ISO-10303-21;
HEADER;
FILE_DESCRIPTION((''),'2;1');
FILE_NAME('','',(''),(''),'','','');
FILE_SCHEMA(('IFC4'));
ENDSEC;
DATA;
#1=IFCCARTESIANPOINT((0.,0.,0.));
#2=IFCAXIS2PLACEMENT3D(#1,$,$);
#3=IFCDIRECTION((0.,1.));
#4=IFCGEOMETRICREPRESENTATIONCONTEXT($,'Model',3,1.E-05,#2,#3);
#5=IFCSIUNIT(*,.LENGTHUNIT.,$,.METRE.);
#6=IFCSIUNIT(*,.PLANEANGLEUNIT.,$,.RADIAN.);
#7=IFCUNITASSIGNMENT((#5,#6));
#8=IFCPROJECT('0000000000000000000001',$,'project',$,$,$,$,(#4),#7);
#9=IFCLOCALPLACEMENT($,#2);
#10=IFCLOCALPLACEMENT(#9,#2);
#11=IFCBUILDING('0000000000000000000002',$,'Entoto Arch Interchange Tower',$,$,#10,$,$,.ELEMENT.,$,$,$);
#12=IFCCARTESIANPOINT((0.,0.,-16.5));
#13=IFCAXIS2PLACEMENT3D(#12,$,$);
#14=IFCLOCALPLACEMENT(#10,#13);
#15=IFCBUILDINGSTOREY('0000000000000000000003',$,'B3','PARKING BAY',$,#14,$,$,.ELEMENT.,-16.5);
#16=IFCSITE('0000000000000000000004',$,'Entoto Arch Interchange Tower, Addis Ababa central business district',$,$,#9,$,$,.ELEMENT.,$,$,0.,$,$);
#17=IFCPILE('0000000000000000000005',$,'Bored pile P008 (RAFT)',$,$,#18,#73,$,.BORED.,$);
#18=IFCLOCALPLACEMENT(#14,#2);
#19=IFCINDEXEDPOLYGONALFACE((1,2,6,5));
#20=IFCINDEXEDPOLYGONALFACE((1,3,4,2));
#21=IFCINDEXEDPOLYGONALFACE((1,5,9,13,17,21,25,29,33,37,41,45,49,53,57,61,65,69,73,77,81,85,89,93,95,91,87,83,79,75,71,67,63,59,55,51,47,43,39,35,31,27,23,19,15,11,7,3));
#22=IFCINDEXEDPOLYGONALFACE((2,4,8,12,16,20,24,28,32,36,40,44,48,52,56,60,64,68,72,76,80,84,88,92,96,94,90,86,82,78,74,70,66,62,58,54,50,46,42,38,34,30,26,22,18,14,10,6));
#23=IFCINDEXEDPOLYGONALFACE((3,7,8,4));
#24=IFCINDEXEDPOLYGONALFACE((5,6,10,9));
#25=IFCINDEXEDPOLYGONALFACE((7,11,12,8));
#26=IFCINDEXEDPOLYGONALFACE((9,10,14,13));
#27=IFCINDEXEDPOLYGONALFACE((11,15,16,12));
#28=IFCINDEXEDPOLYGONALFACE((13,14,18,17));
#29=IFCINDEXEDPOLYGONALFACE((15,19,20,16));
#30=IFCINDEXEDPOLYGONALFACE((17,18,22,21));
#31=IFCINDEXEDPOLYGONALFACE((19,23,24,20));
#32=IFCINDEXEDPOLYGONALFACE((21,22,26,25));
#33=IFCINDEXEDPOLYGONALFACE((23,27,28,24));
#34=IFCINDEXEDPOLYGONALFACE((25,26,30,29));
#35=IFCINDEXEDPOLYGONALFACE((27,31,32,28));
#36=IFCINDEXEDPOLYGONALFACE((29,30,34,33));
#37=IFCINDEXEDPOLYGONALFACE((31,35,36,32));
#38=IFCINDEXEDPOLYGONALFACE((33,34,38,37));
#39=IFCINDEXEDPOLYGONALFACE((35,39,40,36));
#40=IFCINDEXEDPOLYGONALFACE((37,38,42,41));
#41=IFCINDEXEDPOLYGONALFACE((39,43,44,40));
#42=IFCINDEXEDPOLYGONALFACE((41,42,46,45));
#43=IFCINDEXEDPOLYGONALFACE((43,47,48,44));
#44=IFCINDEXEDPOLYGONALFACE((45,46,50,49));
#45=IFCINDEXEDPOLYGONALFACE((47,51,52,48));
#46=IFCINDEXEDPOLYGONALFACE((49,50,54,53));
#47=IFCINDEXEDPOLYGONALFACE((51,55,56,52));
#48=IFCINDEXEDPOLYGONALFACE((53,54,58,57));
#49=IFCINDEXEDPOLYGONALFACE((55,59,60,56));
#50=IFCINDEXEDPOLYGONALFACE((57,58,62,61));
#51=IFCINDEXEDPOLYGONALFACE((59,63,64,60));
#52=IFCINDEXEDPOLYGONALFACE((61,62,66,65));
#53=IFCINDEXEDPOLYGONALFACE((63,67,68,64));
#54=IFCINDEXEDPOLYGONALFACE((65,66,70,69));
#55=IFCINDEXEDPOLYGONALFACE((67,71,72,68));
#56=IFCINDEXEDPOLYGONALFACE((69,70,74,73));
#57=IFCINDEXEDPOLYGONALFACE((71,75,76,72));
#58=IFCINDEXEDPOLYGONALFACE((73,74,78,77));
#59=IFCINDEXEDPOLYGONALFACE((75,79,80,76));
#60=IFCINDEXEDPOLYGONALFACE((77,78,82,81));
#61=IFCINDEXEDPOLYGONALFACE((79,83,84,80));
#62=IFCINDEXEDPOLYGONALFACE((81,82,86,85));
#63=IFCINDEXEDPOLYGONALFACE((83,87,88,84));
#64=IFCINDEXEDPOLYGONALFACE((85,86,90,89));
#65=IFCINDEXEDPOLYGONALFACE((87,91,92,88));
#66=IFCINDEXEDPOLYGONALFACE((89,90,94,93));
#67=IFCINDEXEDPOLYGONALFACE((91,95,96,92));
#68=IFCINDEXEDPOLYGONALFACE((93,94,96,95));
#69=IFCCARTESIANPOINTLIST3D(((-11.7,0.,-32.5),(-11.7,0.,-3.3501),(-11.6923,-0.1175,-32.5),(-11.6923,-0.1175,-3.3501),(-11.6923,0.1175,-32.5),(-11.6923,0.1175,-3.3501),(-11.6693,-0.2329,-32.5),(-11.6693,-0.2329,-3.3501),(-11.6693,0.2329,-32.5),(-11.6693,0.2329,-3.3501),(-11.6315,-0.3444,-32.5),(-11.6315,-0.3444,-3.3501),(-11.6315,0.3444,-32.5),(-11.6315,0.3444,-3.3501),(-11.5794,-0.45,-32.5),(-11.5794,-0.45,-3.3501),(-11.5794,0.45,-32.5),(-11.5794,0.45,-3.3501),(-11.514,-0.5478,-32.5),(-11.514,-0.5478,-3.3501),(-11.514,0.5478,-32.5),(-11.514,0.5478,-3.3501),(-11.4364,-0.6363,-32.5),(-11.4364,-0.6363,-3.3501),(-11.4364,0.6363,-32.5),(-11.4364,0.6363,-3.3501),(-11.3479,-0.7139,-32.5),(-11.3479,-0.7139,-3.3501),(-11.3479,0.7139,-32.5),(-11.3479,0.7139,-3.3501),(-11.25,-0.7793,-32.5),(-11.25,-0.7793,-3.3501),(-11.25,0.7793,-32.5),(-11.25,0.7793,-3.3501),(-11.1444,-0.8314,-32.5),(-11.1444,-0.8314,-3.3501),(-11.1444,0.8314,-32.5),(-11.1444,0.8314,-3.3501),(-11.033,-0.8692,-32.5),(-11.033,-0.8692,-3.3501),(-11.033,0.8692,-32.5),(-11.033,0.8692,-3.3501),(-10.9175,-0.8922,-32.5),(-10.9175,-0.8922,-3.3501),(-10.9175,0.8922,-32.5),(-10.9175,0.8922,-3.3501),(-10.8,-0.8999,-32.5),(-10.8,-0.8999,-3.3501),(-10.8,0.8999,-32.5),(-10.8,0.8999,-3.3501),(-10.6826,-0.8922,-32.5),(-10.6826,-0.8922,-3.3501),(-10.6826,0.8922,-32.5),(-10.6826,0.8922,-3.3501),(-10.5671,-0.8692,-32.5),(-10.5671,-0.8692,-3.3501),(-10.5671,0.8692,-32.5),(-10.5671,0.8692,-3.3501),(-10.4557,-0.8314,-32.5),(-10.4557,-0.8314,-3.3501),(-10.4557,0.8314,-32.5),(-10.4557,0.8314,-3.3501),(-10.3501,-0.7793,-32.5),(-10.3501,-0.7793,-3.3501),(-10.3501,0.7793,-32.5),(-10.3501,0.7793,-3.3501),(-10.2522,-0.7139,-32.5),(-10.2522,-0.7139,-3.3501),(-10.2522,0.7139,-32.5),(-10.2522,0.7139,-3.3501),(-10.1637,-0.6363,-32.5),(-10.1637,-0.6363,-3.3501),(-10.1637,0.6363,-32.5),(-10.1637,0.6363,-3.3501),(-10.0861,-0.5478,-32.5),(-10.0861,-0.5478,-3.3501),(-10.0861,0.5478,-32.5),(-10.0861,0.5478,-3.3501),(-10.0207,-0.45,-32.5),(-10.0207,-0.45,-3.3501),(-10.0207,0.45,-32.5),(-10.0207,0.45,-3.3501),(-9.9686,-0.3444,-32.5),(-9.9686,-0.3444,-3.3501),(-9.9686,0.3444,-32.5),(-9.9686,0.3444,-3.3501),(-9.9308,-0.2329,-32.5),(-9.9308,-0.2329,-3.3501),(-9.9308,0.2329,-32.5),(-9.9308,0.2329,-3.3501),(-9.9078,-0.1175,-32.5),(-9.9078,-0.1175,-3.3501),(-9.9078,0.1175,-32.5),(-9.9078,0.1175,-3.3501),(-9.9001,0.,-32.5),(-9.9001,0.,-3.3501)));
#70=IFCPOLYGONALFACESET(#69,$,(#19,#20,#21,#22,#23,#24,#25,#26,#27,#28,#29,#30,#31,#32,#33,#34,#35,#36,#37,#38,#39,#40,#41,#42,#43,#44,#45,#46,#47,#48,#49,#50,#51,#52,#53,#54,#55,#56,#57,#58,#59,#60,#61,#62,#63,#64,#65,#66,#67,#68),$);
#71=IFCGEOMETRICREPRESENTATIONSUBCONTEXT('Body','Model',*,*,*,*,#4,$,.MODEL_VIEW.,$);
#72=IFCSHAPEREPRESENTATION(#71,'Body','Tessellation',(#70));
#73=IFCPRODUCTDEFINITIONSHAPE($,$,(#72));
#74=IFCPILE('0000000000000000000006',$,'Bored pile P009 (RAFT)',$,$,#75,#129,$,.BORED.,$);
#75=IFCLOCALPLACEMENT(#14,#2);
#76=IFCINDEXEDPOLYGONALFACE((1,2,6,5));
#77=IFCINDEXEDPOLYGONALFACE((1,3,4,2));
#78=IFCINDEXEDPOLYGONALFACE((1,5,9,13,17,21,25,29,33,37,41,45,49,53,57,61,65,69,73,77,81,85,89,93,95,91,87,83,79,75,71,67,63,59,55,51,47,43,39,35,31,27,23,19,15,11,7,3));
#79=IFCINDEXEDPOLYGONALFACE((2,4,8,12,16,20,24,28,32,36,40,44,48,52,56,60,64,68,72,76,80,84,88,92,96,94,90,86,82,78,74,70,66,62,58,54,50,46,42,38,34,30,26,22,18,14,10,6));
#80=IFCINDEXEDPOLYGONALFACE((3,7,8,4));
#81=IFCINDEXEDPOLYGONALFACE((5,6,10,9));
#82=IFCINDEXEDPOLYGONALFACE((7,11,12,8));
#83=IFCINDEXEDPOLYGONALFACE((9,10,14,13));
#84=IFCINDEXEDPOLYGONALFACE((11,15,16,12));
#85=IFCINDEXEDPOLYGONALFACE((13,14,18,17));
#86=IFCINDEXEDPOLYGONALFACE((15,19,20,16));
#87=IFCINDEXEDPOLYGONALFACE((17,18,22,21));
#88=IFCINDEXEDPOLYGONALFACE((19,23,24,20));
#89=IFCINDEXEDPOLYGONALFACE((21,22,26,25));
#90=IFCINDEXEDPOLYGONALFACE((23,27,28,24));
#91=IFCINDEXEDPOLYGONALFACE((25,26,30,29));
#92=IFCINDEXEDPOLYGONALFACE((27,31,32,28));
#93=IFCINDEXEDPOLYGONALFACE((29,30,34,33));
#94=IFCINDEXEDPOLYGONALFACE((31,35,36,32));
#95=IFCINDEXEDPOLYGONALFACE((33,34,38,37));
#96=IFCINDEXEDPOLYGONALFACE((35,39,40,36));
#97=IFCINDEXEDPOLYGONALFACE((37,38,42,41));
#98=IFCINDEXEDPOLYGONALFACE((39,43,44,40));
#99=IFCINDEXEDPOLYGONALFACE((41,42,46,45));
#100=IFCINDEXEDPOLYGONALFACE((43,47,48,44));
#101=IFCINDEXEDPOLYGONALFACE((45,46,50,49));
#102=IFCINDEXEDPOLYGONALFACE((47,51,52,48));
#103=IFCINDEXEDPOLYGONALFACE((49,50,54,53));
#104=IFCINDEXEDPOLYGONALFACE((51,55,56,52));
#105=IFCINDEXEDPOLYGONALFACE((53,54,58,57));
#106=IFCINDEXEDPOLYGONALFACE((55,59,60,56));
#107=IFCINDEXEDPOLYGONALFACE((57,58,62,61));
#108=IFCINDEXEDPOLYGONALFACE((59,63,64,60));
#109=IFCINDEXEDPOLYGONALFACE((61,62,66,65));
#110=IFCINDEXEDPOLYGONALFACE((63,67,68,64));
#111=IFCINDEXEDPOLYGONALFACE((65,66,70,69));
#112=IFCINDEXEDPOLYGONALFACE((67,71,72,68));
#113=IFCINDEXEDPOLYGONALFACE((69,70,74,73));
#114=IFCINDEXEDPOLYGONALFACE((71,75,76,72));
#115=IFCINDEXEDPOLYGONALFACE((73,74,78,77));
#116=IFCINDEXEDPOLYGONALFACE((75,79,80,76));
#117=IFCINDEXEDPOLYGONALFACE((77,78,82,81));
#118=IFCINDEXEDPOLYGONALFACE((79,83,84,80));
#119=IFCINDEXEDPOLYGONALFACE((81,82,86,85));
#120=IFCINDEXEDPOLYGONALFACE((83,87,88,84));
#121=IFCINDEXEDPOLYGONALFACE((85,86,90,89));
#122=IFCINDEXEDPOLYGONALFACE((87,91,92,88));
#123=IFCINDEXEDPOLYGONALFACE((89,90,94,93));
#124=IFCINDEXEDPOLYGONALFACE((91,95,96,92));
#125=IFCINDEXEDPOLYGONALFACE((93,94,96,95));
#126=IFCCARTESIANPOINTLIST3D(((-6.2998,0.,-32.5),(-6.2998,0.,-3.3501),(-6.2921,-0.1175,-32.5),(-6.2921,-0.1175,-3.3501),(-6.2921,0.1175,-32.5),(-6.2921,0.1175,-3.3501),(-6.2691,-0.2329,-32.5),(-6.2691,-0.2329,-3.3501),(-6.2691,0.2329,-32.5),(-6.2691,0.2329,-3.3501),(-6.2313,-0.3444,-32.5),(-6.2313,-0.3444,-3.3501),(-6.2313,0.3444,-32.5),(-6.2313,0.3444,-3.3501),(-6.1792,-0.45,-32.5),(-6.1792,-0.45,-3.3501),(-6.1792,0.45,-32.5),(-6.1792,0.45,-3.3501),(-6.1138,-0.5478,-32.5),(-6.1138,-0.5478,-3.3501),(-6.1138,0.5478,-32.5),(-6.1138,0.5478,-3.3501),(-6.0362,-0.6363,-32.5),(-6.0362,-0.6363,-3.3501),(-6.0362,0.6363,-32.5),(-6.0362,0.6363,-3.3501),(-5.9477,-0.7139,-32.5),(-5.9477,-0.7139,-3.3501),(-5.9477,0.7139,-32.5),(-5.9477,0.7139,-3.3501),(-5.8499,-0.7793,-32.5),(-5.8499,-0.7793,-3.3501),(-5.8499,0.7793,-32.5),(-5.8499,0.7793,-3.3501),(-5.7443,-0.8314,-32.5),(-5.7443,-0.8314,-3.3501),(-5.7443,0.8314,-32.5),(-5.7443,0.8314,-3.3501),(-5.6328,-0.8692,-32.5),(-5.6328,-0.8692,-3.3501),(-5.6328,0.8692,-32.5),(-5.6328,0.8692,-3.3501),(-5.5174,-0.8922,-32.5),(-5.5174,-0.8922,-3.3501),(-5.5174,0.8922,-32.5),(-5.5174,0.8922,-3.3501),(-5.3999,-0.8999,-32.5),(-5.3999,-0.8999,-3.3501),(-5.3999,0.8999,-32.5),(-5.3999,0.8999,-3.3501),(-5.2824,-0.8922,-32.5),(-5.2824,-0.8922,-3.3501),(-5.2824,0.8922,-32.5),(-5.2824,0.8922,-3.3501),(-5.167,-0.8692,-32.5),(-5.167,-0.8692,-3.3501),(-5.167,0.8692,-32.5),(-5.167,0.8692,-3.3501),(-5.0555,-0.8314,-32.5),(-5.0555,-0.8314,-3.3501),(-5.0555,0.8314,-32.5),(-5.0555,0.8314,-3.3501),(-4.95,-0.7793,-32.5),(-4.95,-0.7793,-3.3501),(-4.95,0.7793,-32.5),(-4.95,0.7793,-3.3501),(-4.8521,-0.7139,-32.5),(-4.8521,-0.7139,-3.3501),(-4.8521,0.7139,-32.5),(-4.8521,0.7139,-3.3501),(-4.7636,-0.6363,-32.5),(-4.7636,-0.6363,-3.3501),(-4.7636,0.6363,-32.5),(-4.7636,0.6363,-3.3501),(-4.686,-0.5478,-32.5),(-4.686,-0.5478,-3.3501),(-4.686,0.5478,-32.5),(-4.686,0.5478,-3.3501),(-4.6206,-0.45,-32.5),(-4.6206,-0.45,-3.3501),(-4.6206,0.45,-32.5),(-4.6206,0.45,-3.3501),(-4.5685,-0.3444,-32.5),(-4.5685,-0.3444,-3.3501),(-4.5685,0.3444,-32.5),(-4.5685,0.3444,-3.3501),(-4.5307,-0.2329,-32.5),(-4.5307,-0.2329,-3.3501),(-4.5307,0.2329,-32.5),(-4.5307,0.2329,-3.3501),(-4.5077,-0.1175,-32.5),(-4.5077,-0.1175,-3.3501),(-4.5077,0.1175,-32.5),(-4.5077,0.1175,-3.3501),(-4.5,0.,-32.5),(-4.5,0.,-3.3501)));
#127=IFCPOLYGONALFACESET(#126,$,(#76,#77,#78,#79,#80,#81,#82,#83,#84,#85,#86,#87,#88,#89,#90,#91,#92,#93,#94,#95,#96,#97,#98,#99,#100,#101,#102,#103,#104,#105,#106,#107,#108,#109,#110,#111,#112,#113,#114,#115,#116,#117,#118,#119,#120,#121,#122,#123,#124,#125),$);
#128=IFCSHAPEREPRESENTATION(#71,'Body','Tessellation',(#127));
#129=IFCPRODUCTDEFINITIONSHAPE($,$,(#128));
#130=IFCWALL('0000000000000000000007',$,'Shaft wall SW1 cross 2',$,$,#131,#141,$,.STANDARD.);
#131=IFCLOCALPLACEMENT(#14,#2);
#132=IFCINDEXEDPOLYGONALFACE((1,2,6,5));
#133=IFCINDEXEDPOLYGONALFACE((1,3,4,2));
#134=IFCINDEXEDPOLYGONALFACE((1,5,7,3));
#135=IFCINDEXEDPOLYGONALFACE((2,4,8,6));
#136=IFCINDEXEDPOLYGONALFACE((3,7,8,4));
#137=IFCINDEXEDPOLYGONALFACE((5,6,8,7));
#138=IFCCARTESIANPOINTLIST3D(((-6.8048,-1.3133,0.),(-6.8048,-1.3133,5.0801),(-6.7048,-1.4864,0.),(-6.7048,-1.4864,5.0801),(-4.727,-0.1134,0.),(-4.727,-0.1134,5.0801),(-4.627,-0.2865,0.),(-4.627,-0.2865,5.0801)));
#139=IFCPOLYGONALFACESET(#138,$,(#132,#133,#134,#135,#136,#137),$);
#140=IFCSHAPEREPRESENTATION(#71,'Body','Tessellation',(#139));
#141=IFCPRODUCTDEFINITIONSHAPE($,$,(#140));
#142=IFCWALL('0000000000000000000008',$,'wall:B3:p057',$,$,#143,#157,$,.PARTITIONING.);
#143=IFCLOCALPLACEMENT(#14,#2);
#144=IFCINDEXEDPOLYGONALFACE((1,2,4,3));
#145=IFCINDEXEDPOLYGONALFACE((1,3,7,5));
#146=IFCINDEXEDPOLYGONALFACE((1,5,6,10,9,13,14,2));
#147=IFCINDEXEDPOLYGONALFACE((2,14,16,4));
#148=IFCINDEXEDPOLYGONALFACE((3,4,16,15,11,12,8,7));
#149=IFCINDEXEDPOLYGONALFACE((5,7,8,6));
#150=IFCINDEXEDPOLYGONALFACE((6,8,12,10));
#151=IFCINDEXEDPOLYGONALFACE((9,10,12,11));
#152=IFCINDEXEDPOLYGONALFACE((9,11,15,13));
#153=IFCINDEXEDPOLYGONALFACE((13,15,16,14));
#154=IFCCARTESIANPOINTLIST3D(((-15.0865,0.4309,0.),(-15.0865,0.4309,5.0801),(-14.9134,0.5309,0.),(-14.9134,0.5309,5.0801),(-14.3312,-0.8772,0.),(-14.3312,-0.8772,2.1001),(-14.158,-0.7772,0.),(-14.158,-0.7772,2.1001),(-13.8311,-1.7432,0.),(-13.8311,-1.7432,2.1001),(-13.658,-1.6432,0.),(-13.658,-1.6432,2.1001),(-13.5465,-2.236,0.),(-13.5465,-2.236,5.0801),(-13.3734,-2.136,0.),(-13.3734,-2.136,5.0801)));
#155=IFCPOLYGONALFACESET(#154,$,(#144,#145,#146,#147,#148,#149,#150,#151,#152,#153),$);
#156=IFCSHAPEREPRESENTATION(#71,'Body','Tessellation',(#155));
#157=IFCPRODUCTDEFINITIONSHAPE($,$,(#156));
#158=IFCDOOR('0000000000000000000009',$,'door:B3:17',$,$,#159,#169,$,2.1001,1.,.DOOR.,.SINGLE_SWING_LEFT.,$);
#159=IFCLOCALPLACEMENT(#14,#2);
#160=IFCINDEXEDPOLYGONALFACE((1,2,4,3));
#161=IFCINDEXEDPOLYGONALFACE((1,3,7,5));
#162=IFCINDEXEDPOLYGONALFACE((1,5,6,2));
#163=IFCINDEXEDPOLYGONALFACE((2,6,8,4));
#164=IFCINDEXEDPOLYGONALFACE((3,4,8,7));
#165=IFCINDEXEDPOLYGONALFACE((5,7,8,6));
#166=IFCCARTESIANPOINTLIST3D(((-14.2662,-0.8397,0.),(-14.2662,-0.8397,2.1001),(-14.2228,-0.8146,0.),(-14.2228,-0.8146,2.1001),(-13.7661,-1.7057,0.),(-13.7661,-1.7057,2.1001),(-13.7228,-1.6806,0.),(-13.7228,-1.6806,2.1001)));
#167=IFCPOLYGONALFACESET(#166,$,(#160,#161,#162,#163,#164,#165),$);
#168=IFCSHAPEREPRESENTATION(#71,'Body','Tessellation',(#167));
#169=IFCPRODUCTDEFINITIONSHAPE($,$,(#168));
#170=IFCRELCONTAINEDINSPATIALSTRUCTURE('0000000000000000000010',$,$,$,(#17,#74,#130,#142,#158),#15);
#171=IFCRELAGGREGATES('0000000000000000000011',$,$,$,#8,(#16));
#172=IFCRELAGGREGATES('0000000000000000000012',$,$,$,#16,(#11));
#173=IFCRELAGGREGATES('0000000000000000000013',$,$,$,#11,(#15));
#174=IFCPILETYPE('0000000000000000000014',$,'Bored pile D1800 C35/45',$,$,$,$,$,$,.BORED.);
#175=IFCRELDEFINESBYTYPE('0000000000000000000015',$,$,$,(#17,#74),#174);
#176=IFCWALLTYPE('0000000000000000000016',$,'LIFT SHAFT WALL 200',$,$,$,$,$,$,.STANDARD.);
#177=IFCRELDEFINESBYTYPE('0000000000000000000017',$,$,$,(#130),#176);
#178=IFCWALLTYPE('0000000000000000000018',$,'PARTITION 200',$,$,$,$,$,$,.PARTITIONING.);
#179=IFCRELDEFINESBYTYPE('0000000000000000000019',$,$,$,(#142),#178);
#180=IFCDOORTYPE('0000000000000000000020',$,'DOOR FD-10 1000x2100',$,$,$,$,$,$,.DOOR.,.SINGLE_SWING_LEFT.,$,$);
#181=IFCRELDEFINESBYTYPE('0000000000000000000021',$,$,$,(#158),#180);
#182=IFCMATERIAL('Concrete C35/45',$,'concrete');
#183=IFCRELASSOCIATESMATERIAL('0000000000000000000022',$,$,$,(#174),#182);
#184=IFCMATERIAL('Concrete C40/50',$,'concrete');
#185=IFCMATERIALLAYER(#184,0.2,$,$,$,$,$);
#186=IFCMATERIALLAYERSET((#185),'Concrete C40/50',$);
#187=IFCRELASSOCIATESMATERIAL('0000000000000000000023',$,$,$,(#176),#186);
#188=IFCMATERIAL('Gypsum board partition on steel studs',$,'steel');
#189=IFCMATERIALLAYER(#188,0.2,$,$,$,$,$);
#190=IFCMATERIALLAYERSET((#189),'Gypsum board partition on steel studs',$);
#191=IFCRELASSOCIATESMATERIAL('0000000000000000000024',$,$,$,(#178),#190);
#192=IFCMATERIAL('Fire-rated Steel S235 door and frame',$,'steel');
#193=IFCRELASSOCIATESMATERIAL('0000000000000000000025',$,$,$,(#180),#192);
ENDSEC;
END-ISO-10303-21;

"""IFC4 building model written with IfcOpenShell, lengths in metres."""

from ifc_helpers import new_model, si_unit, direction, frame, frame_2d, origin, origin_2d, place, context, subcontext, project, spatial, rectangle, circle, extrude, material, layer, layer_set, material_profile, profile_set, type_object, element, fill, save


model = new_model("IFC4")

# Units and contexts
model_context = context("Model", 3, precision=1e-05, world=origin(), true_north=direction((0.0, 1.0)))
body_context = subcontext(model_context, "Body", "Model", "MODEL_VIEW")
ifc_project = project(units=[si_unit("LENGTHUNIT", "METRE"), si_unit("PLANEANGLEUNIT", "RADIAN")], contexts=[model_context])

# Site, building, storey
site_placement = place(None, origin())
site = spatial("IfcSite", under=ifc_project, at=site_placement, Name="Entoto Arch Interchange Tower, Addis Ababa central business district", CompositionType="ELEMENT", RefElevation=0.0)
building_placement = place(site_placement, origin())
building = spatial("IfcBuilding", under=site, at=building_placement, Name="Entoto Arch Interchange Tower", CompositionType="ELEMENT")
storey_placement = place(building_placement, frame((0.0, 0.0, -16.5)))
storey = spatial("IfcBuildingStorey", under=building, at=storey_placement, Name="B3", Description="PARKING BAY", CompositionType="ELEMENT", Elevation=-16.5)

# Piles
ifc_material_1 = material(Name="Concrete C35/45", Category="concrete")
ifc_material_profile = material_profile(ifc_material_1, circle(Radius=0.8999, at=origin_2d()))
ifc_profile_set = profile_set([ifc_material_profile], Name="Concrete C35/45")
pile_type = type_object("IfcPileType", Name="Bored pile D1800 C35/45", PredefinedType="BORED", material=ifc_profile_set)
for number, where, z_axis, x_axis, name in (
    (1, (-10.8, 0.0, -3.3501), (0.0, 0.0, -1.0), (1.0, 0.0, 0.0), "Bored pile P008 (RAFT)"),
    (2, (-5.3999, 0.0, -3.3501), (0.0, 0.0, -1.0), (1.0, 0.0, 0.0), "Bored pile P009 (RAFT)"),
):
    element("IfcPile", number, at=place(storey_placement, frame(where, z_axis=z_axis, x_axis=x_axis)), inside=storey, type_object=pile_type, Name=name, PredefinedType="BORED", context=body_context, shape_type="SweptSolid", body=[
        extrude(circle(Radius=0.8999, at=origin_2d()), origin(), (0.0, 0.0, 1.0), 29.1499),
    ])

# Wall
ifc_material_2 = material(Name="Concrete C40/50", Category="concrete")
ifc_layer_1 = layer(ifc_material_2, 0.2)
ifc_layer_set_1 = layer_set([ifc_layer_1], Name="Concrete C40/50")
wall_type_1 = type_object("IfcWallType", Name="LIFT SHAFT WALL 200", PredefinedType="STANDARD", material=ifc_layer_set_1)
wall_1_placement = place(storey_placement, frame((-4.677, -0.2, 0.0), z_axis=(0.0, 0.0, 1.0), x_axis=(-0.865974, -0.500089, 0.0)))
element("IfcWall", 3, at=wall_1_placement, inside=storey, type_object=wall_type_1, Name="Shaft wall SW1 cross 2", PredefinedType="STANDARD", context=body_context, shape_type="SweptSolid", body=[
    extrude(rectangle(XDim=2.3994, YDim=0.2, at=frame_2d((1.1997, 0.0))), origin(), (0.0, 0.0, 1.0), 5.0801),
])

# Wall, opening, door
ifc_material_3 = material(Name="Gypsum board partition on steel studs", Category="steel")
ifc_layer_2 = layer(ifc_material_3, 0.2)
ifc_layer_set_2 = layer_set([ifc_layer_2], Name="Gypsum board partition on steel studs")
wall_type_2 = type_object("IfcWallType", Name="PARTITION 200", PredefinedType="PARTITIONING", material=ifc_layer_set_2)
wall_2_placement = place(storey_placement, frame((-13.46, -2.186, 0.0), z_axis=(0.0, 0.0, 1.0), x_axis=(-0.500061, 0.86599, 0.0)))
wall_2 = element("IfcWall", 4, at=wall_2_placement, inside=storey, type_object=wall_type_2, Name="wall:B3:p057", PredefinedType="PARTITIONING", context=body_context, shape_type="SweptSolid", body=[
    extrude(rectangle(XDim=3.0796, YDim=0.2, at=frame_2d((1.5398, 0.0))), origin(), (0.0, 0.0, 1.0), 5.0801),
])
opening_1_placement = place(wall_2_placement, frame((0.5691, 0.0, 0.0)))
opening_1 = element("IfcOpeningElement", 5, at=opening_1_placement, cuts=wall_2, PredefinedType="OPENING", context=body_context, shape_type="SweptSolid", body=[
    extrude(rectangle(XDim=1.0, YDim=2.1001, at=frame_2d((0.5, 1.05))), frame((0.0, 0.1099, 0.0), z_axis=(0.0, -1.0, 0.0), x_axis=(1.0, 0.0, 0.0)), (0.0, 0.0, 1.0), 0.22),
])
ifc_material_4 = material(Name="Fire-rated Steel S235 door and frame", Category="steel")
door_type_1 = type_object("IfcDoorType", Name="DOOR FD-10 1000x2100", OperationType="SINGLE_SWING_LEFT", PredefinedType="DOOR", material=ifc_material_4)
door_1_placement = place(opening_1_placement, origin())
door_1 = element("IfcDoor", 6, at=door_1_placement, inside=storey, type_object=door_type_1, Name="door:B3:17", OperationType="SINGLE_SWING_LEFT", OverallHeight=2.1001, OverallWidth=1.0, PredefinedType="DOOR", context=body_context, shape_type="SweptSolid", body=[
    extrude(rectangle(XDim=1.0, YDim=2.1001, at=frame_2d((0.5, 1.05))), frame((0.0, 0.0249, 0.0), z_axis=(0.0, -1.0, 0.0), x_axis=(1.0, 0.0, 0.0)), (0.0, 0.0, 1.0), 0.05),
])
fill(opening_1, door_1)

save(model, "model.ifc")
